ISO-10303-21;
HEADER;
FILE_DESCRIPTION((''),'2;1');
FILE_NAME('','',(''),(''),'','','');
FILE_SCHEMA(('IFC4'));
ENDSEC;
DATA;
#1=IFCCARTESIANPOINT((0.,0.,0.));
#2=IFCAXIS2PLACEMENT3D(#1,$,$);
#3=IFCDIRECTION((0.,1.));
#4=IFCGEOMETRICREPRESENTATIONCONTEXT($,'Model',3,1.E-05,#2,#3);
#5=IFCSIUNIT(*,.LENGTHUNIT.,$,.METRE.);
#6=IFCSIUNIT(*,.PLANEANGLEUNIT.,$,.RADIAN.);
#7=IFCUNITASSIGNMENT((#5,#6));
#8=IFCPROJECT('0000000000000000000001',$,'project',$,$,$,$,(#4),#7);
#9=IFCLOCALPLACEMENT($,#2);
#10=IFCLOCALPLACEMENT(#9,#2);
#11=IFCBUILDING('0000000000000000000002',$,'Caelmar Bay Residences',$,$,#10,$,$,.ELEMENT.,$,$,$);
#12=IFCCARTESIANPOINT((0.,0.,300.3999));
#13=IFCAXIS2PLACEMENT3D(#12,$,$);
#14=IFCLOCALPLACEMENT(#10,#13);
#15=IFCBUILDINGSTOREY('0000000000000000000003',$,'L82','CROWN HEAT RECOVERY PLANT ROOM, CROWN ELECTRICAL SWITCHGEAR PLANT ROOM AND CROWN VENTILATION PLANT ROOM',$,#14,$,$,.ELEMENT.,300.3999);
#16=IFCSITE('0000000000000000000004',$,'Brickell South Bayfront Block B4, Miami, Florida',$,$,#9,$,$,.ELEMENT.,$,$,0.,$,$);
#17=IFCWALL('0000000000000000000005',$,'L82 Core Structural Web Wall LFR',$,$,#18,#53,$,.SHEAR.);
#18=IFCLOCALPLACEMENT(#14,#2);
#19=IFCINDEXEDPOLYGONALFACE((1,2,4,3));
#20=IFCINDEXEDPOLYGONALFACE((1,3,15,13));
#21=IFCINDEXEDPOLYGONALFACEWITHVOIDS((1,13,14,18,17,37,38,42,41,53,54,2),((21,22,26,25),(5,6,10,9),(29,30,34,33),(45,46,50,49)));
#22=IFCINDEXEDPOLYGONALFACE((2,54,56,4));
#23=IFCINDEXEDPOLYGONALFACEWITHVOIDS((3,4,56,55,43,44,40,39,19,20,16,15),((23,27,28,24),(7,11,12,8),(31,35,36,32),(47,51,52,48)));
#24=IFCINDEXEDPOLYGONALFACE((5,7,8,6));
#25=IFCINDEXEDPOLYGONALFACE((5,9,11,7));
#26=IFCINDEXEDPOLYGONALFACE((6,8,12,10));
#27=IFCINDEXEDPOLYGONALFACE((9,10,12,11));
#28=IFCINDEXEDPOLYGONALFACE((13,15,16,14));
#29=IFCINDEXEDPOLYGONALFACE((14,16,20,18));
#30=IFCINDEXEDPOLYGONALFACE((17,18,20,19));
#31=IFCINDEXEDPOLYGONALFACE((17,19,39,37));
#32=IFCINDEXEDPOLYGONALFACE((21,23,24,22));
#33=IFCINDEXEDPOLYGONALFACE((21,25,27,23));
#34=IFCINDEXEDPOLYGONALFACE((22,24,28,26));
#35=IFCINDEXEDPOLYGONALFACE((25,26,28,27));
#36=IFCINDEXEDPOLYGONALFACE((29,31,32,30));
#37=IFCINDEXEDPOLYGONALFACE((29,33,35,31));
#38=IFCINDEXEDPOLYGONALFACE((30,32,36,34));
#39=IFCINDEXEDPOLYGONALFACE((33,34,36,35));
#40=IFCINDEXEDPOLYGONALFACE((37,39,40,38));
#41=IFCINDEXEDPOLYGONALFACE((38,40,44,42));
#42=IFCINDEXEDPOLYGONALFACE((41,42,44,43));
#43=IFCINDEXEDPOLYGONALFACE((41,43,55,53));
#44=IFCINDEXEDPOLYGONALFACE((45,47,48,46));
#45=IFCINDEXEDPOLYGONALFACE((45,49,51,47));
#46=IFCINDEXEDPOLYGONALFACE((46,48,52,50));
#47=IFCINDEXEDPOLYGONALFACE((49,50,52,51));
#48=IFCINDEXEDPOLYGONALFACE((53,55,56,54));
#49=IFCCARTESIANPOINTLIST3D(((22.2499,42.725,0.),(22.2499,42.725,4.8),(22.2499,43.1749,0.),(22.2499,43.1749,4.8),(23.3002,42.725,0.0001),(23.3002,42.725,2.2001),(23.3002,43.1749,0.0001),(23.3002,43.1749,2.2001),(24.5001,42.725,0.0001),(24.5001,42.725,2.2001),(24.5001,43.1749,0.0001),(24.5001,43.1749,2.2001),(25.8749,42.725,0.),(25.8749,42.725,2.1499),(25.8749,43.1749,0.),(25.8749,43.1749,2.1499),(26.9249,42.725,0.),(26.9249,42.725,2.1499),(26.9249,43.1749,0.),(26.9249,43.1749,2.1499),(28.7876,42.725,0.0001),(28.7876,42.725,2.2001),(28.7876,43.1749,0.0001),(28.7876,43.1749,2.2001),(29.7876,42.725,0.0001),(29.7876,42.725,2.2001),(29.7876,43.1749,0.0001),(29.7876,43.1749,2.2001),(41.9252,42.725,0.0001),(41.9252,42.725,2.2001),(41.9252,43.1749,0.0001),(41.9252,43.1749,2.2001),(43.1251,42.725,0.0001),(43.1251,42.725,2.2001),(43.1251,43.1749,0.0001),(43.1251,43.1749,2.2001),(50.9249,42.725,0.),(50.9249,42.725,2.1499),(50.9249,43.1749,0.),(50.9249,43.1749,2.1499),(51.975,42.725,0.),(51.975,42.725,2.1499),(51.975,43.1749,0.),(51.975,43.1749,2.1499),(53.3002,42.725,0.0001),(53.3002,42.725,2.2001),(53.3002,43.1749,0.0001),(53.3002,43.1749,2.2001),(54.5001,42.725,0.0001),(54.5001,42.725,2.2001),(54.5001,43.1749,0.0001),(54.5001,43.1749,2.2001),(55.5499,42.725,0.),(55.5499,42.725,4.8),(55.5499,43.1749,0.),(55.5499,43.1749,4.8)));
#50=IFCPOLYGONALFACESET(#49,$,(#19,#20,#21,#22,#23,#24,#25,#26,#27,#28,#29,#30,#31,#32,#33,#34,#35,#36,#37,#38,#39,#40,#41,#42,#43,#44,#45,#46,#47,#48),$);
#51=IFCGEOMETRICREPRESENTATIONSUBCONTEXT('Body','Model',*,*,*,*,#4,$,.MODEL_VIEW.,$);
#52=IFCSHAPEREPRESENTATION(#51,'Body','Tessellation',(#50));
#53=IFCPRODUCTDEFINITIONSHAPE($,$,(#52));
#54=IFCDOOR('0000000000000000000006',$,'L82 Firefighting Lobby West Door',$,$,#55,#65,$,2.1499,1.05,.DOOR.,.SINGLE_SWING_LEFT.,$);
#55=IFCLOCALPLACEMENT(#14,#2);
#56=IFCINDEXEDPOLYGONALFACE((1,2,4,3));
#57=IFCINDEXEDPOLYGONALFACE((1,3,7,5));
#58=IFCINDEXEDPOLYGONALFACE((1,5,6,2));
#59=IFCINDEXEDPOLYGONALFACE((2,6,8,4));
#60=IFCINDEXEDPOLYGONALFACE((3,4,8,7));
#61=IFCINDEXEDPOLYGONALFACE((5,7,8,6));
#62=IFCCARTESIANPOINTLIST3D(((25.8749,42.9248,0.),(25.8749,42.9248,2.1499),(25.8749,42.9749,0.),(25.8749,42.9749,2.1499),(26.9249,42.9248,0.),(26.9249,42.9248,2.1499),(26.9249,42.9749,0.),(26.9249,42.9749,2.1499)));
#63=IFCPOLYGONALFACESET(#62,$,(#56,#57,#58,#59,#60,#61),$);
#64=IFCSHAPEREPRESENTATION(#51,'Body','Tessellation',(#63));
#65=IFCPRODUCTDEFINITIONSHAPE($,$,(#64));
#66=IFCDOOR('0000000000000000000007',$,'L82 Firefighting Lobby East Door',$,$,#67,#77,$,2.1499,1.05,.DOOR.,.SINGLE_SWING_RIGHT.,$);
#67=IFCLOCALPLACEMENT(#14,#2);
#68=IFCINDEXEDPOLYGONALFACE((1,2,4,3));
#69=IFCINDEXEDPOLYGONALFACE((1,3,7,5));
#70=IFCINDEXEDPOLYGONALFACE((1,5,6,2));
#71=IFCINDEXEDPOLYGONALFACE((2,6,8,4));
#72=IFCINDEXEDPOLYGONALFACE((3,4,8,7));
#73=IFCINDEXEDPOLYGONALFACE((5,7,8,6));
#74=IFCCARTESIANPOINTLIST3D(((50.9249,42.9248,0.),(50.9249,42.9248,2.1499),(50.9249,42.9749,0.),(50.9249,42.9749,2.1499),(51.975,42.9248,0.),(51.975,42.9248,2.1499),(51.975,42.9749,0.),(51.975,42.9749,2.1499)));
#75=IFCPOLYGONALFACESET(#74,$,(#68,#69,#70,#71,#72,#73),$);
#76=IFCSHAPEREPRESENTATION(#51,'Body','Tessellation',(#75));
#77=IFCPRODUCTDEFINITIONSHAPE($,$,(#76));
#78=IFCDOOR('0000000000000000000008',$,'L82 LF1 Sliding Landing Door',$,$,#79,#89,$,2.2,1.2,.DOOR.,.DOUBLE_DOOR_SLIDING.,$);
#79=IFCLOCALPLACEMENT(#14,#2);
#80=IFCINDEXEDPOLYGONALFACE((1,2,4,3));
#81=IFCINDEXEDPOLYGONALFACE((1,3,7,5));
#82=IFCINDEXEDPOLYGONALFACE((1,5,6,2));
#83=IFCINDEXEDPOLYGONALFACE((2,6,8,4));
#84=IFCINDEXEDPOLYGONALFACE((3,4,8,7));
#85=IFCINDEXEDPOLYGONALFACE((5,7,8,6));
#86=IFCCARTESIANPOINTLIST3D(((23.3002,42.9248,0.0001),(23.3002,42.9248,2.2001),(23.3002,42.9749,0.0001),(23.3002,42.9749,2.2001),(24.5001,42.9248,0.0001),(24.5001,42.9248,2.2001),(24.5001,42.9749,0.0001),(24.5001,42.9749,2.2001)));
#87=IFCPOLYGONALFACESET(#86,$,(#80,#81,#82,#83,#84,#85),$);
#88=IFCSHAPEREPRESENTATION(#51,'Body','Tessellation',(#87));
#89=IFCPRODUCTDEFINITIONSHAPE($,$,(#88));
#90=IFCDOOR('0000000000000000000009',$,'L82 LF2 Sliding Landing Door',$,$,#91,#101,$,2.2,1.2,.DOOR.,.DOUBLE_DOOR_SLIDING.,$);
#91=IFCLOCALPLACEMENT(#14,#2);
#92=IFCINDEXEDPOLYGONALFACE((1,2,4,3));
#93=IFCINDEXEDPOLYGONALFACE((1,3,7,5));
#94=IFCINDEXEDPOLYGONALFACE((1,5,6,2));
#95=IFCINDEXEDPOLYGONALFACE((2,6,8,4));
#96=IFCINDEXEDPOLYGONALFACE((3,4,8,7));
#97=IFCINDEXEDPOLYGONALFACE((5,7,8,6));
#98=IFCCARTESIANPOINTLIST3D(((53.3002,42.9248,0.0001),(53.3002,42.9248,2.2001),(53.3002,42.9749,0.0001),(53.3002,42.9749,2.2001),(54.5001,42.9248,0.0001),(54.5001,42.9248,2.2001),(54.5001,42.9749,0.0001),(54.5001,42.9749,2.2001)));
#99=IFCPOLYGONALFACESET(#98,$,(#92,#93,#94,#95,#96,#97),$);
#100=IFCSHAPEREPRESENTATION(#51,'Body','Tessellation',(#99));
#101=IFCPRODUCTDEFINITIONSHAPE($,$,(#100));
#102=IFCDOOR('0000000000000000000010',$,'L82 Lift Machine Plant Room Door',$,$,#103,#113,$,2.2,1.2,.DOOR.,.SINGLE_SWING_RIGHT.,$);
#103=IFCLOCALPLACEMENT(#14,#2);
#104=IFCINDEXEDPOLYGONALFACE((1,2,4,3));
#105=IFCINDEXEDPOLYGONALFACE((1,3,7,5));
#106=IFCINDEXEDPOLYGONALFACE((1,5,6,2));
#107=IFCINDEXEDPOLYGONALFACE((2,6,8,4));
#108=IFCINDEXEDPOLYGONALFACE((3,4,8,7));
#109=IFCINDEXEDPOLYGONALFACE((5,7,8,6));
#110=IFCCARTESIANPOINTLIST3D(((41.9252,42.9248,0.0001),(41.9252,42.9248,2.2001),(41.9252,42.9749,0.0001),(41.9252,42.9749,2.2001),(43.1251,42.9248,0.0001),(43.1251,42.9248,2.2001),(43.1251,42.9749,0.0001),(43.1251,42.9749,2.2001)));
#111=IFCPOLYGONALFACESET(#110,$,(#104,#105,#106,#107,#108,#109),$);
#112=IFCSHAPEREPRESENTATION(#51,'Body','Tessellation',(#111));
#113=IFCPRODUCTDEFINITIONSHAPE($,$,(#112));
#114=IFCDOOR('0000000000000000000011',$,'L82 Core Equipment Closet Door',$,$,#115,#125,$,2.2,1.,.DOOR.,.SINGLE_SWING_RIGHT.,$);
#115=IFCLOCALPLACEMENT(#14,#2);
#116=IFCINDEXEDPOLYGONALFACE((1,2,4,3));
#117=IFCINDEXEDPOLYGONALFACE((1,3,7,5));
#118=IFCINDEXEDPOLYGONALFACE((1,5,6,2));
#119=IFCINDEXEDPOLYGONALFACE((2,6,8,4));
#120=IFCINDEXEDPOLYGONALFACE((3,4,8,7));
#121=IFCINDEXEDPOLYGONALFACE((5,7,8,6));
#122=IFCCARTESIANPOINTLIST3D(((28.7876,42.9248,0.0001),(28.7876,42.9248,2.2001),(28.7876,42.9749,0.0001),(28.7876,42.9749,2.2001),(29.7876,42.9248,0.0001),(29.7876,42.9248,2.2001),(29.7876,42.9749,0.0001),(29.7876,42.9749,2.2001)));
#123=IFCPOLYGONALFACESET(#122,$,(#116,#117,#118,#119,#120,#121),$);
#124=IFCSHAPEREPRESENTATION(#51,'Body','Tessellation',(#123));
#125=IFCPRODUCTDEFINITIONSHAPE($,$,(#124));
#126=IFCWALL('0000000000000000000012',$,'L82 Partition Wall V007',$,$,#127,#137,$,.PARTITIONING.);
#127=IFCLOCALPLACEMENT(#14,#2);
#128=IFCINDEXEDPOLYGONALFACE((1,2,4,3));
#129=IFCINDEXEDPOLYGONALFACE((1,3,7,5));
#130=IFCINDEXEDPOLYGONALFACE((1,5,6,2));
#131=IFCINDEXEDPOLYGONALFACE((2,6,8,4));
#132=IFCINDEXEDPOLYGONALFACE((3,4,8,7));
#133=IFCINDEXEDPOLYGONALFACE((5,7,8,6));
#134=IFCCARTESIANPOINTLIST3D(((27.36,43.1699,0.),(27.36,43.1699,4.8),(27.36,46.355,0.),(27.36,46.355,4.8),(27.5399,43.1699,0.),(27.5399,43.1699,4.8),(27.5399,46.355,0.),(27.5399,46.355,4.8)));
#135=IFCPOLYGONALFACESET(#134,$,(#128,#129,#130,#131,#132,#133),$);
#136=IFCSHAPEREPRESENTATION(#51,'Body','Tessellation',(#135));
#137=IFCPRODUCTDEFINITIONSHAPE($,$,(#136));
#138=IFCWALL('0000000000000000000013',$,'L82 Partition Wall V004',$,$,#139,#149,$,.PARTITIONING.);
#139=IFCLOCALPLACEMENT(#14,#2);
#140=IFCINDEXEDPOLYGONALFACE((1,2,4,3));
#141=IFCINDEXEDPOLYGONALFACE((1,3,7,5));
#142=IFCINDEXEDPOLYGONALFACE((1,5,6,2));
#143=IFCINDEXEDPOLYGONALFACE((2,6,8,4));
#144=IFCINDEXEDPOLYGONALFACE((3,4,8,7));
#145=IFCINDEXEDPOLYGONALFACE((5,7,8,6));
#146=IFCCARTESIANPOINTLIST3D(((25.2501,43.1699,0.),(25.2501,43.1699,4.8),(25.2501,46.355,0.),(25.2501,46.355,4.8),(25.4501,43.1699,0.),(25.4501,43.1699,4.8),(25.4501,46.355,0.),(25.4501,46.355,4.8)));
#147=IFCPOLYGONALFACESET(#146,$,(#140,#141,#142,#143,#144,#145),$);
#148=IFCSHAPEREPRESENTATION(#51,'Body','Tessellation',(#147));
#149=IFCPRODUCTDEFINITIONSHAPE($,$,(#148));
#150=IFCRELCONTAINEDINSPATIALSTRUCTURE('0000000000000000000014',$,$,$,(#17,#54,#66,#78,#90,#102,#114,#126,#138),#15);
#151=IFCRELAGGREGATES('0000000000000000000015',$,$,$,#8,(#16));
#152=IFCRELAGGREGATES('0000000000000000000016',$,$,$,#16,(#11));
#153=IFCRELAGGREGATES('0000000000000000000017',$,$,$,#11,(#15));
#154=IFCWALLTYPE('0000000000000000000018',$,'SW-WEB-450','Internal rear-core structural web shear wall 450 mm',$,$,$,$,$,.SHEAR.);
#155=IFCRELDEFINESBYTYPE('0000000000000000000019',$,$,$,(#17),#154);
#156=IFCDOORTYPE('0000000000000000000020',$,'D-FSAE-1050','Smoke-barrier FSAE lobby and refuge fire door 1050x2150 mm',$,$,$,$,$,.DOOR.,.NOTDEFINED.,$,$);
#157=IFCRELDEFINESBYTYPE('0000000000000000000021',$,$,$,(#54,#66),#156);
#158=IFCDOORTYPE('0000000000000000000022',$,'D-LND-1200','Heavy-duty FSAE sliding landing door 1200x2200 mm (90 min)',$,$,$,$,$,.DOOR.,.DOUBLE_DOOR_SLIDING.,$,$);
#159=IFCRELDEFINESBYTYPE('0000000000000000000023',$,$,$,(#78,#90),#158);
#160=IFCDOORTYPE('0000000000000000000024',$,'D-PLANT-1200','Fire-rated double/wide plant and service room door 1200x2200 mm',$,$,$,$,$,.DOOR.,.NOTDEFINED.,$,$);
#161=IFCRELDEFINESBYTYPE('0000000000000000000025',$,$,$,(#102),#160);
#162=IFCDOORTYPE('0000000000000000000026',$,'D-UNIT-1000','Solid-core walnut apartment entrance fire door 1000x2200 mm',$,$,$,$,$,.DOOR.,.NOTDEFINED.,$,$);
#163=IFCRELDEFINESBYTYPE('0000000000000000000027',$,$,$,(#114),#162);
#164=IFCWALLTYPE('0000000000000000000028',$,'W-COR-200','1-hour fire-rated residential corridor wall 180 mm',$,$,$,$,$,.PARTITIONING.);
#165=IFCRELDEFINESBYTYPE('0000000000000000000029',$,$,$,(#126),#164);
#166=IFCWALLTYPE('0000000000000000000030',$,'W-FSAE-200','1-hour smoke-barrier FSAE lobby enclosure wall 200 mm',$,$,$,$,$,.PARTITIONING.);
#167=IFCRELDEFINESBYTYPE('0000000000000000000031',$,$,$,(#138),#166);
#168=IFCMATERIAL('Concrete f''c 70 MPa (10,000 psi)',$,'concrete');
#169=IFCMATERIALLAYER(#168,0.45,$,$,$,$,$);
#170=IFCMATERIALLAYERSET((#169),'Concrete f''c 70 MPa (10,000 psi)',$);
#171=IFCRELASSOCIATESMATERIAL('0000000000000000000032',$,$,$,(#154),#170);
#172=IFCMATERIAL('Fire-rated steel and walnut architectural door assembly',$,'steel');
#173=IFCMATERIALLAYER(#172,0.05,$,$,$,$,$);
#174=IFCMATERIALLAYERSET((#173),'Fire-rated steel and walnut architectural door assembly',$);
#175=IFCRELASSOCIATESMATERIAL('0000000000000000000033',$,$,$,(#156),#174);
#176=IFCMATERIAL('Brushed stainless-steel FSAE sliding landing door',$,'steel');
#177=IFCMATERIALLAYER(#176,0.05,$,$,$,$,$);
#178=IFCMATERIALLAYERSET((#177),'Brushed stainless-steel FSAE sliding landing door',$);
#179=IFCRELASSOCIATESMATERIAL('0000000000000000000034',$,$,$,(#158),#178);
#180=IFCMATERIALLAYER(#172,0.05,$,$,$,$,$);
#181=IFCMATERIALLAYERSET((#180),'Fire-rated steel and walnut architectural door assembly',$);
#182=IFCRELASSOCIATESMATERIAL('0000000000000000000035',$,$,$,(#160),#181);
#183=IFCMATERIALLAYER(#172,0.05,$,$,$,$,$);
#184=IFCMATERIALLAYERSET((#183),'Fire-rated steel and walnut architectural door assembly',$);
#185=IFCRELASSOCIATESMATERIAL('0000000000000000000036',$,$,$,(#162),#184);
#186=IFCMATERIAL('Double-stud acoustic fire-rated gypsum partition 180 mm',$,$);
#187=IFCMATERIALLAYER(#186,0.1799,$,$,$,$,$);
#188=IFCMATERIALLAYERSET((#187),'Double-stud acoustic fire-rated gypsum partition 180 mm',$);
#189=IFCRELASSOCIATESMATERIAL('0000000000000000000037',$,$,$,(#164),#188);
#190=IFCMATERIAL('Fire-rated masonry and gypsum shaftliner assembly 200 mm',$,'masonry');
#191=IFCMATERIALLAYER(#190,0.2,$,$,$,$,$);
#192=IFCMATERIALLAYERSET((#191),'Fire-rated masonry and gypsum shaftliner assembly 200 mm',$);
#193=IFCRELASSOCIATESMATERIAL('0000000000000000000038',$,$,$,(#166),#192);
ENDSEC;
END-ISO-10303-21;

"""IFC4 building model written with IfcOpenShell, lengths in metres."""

from ifc_helpers import new_model, si_unit, direction, frame, frame_2d, origin, place, context, subcontext, project, spatial, rectangle, extrude, material, layer, layer_set, type_object, element, fill, save


model = new_model("IFC4")

# Units and contexts
model_context = context("Model", 3, precision=1e-05, world=origin(), true_north=direction((0.0, 1.0)))
body_context = subcontext(model_context, "Body", "Model", "MODEL_VIEW")
ifc_project = project(units=[si_unit("LENGTHUNIT", "METRE"), si_unit("PLANEANGLEUNIT", "RADIAN")], contexts=[model_context])

# Site, building, storey
site_placement = place(None, origin())
site = spatial("IfcSite", under=ifc_project, at=site_placement, Name="Brickell South Bayfront Block B4, Miami, Florida", CompositionType="ELEMENT", RefElevation=0.0)
building_placement = place(site_placement, origin())
building = spatial("IfcBuilding", under=site, at=building_placement, Name="Caelmar Bay Residences", CompositionType="ELEMENT")
storey_placement = place(building_placement, frame((0.0, 0.0, 300.3999)))
storey = spatial("IfcBuildingStorey", under=building, at=storey_placement, Name="L82", Description="CROWN HEAT RECOVERY PLANT ROOM, CROWN ELECTRICAL SWITCHGEAR PLANT ROOM AND CROWN VENTILATION PLANT ROOM", CompositionType="ELEMENT", Elevation=300.3999)

# Shared definitions
ifc_material_1 = material(Name="Fire-rated steel and walnut architectural door assembly", Category="steel")

# Wall, openings, doors
ifc_material_2 = material(Name="Concrete f'c 70 MPa (10,000 psi)", Category="concrete")
ifc_layer_1 = layer(ifc_material_2, 0.45)
ifc_layer_set_1 = layer_set([ifc_layer_1], Name="Concrete f'c 70 MPa (10,000 psi)")
wall_type_1 = type_object("IfcWallType", Name="SW-WEB-450", Description="Internal rear-core structural web shear wall 450 mm", PredefinedType="SHEAR", material=ifc_layer_set_1)
wall_1_placement = place(storey_placement, frame((22.25, 42.95, 0.0), z_axis=(0.0, 0.0, 1.0), x_axis=(1.0, 0.0, 0.0)))
wall_1 = element("IfcWall", 1, at=wall_1_placement, inside=storey, type_object=wall_type_1, Name="L82 Core Structural Web Wall LFR", PredefinedType="SHEAR", context=body_context, shape_type="SweptSolid", body=[
    extrude(rectangle(XDim=33.3, YDim=0.45, at=frame_2d((16.6499, 0.0))), origin(), (0.0, 0.0, 1.0), 4.8),
])
opening_1_placement = place(wall_1_placement, frame((1.05, 0.0, 0.0)))
opening_1 = element("IfcOpeningElement", 2, at=opening_1_placement, cuts=wall_1, PredefinedType="OPENING", context=body_context, shape_type="SweptSolid", body=[
    extrude(rectangle(XDim=1.2, YDim=2.2, at=frame_2d((0.6001, 1.1001))), frame((0.0, 0.2349, 0.0), z_axis=(0.0, -1.0, 0.0), x_axis=(1.0, 0.0, 0.0)), (0.0, 0.0, 1.0), 0.47),
])
opening_2_placement = place(wall_1_placement, frame((31.05, 0.0, 0.0)))
opening_2 = element("IfcOpeningElement", 3, at=opening_2_placement, cuts=wall_1, PredefinedType="OPENING", context=body_context, shape_type="SweptSolid", body=[
    extrude(rectangle(XDim=1.2, YDim=2.2, at=frame_2d((0.6001, 1.1001))), frame((0.0, 0.2349, 0.0), z_axis=(0.0, -1.0, 0.0), x_axis=(1.0, 0.0, 0.0)), (0.0, 0.0, 1.0), 0.47),
])
opening_3_placement = place(wall_1_placement, frame((3.625, 0.0, 0.0)))
opening_3 = element("IfcOpeningElement", 4, at=opening_3_placement, cuts=wall_1, PredefinedType="OPENING", context=body_context, shape_type="SweptSolid", body=[
    extrude(rectangle(XDim=1.05, YDim=2.1499, at=frame_2d((0.5249, 1.075))), frame((0.0, 0.2349, 0.0), z_axis=(0.0, -1.0, 0.0), x_axis=(1.0, 0.0, 0.0)), (0.0, 0.0, 1.0), 0.47),
])
opening_4_placement = place(wall_1_placement, frame((28.675, 0.0, 0.0)))
opening_4 = element("IfcOpeningElement", 5, at=opening_4_placement, cuts=wall_1, PredefinedType="OPENING", context=body_context, shape_type="SweptSolid", body=[
    extrude(rectangle(XDim=1.05, YDim=2.1499, at=frame_2d((0.5249, 1.075))), frame((0.0, 0.2349, 0.0), z_axis=(0.0, -1.0, 0.0), x_axis=(1.0, 0.0, 0.0)), (0.0, 0.0, 1.0), 0.47),
])
opening_5_placement = place(wall_1_placement, frame((6.5376, 0.0, 0.0)))
opening_5 = element("IfcOpeningElement", 6, at=opening_5_placement, cuts=wall_1, PredefinedType="OPENING", context=body_context, shape_type="SweptSolid", body=[
    extrude(rectangle(XDim=1.0, YDim=2.2, at=frame_2d((0.5, 1.1001))), frame((0.0, 0.2349, 0.0), z_axis=(0.0, -1.0, 0.0), x_axis=(1.0, 0.0, 0.0)), (0.0, 0.0, 1.0), 0.47),
])
opening_6_placement = place(wall_1_placement, frame((19.675, 0.0, 0.0)))
opening_6 = element("IfcOpeningElement", 7, at=opening_6_placement, cuts=wall_1, PredefinedType="OPENING", context=body_context, shape_type="SweptSolid", body=[
    extrude(rectangle(XDim=1.2, YDim=2.2, at=frame_2d((0.6001, 1.1001))), frame((0.0, 0.2349, 0.0), z_axis=(0.0, -1.0, 0.0), x_axis=(1.0, 0.0, 0.0)), (0.0, 0.0, 1.0), 0.47),
])
ifc_layer_2 = layer(ifc_material_1, 0.05)
ifc_layer_set_2 = layer_set([ifc_layer_2], Name="Fire-rated steel and walnut architectural door assembly")
door_type_1 = type_object("IfcDoorType", Name="D-FSAE-1050", Description="Smoke-barrier FSAE lobby and refuge fire door 1050x2150 mm", OperationType="NOTDEFINED", PredefinedType="DOOR", material=ifc_layer_set_2)
door_1_placement = place(opening_3_placement, origin())
door_1 = element("IfcDoor", 8, at=door_1_placement, inside=storey, type_object=door_type_1, Name="L82 Firefighting Lobby West Door", OperationType="SINGLE_SWING_LEFT", OverallHeight=2.1499, OverallWidth=1.05, PredefinedType="DOOR", context=body_context, shape_type="SweptSolid", body=[
    extrude(rectangle(XDim=1.05, YDim=2.1499, at=frame_2d((0.5249, 1.075))), frame((0.0, 0.0249, 0.0), z_axis=(0.0, -1.0, 0.0), x_axis=(1.0, 0.0, 0.0)), (0.0, 0.0, 1.0), 0.05),
])
fill(opening_3, door_1)
door_2_placement = place(opening_4_placement, origin())
door_2 = element("IfcDoor", 9, at=door_2_placement, inside=storey, type_object=door_type_1, Name="L82 Firefighting Lobby East Door", OperationType="SINGLE_SWING_RIGHT", OverallHeight=2.1499, OverallWidth=1.05, PredefinedType="DOOR", context=body_context, shape_type="SweptSolid", body=[
    extrude(rectangle(XDim=1.05, YDim=2.1499, at=frame_2d((0.5249, 1.075))), frame((0.0, 0.0249, 0.0), z_axis=(0.0, -1.0, 0.0), x_axis=(1.0, 0.0, 0.0)), (0.0, 0.0, 1.0), 0.05),
])
fill(opening_4, door_2)
ifc_material_3 = material(Name="Brushed stainless-steel FSAE sliding landing door", Category="steel")
ifc_layer_3 = layer(ifc_material_3, 0.05)
ifc_layer_set_3 = layer_set([ifc_layer_3], Name="Brushed stainless-steel FSAE sliding landing door")
door_type_2 = type_object("IfcDoorType", Name="D-LND-1200", Description="Heavy-duty FSAE sliding landing door 1200x2200 mm (90 min)", OperationType="DOUBLE_DOOR_SLIDING", PredefinedType="DOOR", material=ifc_layer_set_3)
door_3_placement = place(opening_1_placement, origin())
door_3 = element("IfcDoor", 10, at=door_3_placement, inside=storey, type_object=door_type_2, Name="L82 LF1 Sliding Landing Door", OperationType="DOUBLE_DOOR_SLIDING", OverallHeight=2.2, OverallWidth=1.2, PredefinedType="DOOR", context=body_context, shape_type="SweptSolid", body=[
    extrude(rectangle(XDim=1.2, YDim=2.2, at=frame_2d((0.6001, 1.1001))), frame((0.0, 0.0249, 0.0), z_axis=(0.0, -1.0, 0.0), x_axis=(1.0, 0.0, 0.0)), (0.0, 0.0, 1.0), 0.05),
])
fill(opening_1, door_3)
door_4_placement = place(opening_2_placement, origin())
door_4 = element("IfcDoor", 11, at=door_4_placement, inside=storey, type_object=door_type_2, Name="L82 LF2 Sliding Landing Door", OperationType="DOUBLE_DOOR_SLIDING", OverallHeight=2.2, OverallWidth=1.2, PredefinedType="DOOR", context=body_context, shape_type="SweptSolid", body=[
    extrude(rectangle(XDim=1.2, YDim=2.2, at=frame_2d((0.6001, 1.1001))), frame((0.0, 0.0249, 0.0), z_axis=(0.0, -1.0, 0.0), x_axis=(1.0, 0.0, 0.0)), (0.0, 0.0, 1.0), 0.05),
])
fill(opening_2, door_4)
ifc_layer_4 = layer(ifc_material_1, 0.05)
ifc_layer_set_4 = layer_set([ifc_layer_4], Name="Fire-rated steel and walnut architectural door assembly")
door_type_3 = type_object("IfcDoorType", Name="D-PLANT-1200", Description="Fire-rated double/wide plant and service room door 1200x2200 mm", OperationType="NOTDEFINED", PredefinedType="DOOR", material=ifc_layer_set_4)
door_5_placement = place(opening_6_placement, origin())
door_5 = element("IfcDoor", 12, at=door_5_placement, inside=storey, type_object=door_type_3, Name="L82 Lift Machine Plant Room Door", OperationType="SINGLE_SWING_RIGHT", OverallHeight=2.2, OverallWidth=1.2, PredefinedType="DOOR", context=body_context, shape_type="SweptSolid", body=[
    extrude(rectangle(XDim=1.2, YDim=2.2, at=frame_2d((0.6001, 1.1001))), frame((0.0, 0.0249, 0.0), z_axis=(0.0, -1.0, 0.0), x_axis=(1.0, 0.0, 0.0)), (0.0, 0.0, 1.0), 0.05),
])
fill(opening_6, door_5)
ifc_layer_5 = layer(ifc_material_1, 0.05)
ifc_layer_set_5 = layer_set([ifc_layer_5], Name="Fire-rated steel and walnut architectural door assembly")
door_type_4 = type_object("IfcDoorType", Name="D-UNIT-1000", Description="Solid-core walnut apartment entrance fire door 1000x2200 mm", OperationType="NOTDEFINED", PredefinedType="DOOR", material=ifc_layer_set_5)
door_6_placement = place(opening_5_placement, origin())
door_6 = element("IfcDoor", 13, at=door_6_placement, inside=storey, type_object=door_type_4, Name="L82 Core Equipment Closet Door", OperationType="SINGLE_SWING_RIGHT", OverallHeight=2.2, OverallWidth=1.0, PredefinedType="DOOR", context=body_context, shape_type="SweptSolid", body=[
    extrude(rectangle(XDim=1.0, YDim=2.2, at=frame_2d((0.5, 1.1001))), frame((0.0, 0.0249, 0.0), z_axis=(0.0, -1.0, 0.0), x_axis=(1.0, 0.0, 0.0)), (0.0, 0.0, 1.0), 0.05),
])
fill(opening_5, door_6)

# Walls
ifc_material_4 = material(Name="Double-stud acoustic fire-rated gypsum partition 180 mm")
ifc_layer_6 = layer(ifc_material_4, 0.1799)
ifc_layer_set_6 = layer_set([ifc_layer_6], Name="Double-stud acoustic fire-rated gypsum partition 180 mm")
wall_type_2 = type_object("IfcWallType", Name="W-COR-200", Description="1-hour fire-rated residential corridor wall 180 mm", PredefinedType="PARTITIONING", material=ifc_layer_set_6)
wall_2_placement = place(storey_placement, frame((27.45, 43.1699, 0.0), z_axis=(0.0, 0.0, 1.0), x_axis=(0.0, 1.0, 0.0)))
element("IfcWall", 14, at=wall_2_placement, inside=storey, type_object=wall_type_2, Name="L82 Partition Wall V007", PredefinedType="PARTITIONING", context=body_context, shape_type="SweptSolid", body=[
    extrude(rectangle(XDim=3.1851, YDim=0.1799, at=frame_2d((1.5925, 0.0))), origin(), (0.0, 0.0, 1.0), 4.8),
])
ifc_material_5 = material(Name="Fire-rated masonry and gypsum shaftliner assembly 200 mm", Category="masonry")
ifc_layer_7 = layer(ifc_material_5, 0.2)
ifc_layer_set_7 = layer_set([ifc_layer_7], Name="Fire-rated masonry and gypsum shaftliner assembly 200 mm")
wall_type_3 = type_object("IfcWallType", Name="W-FSAE-200", Description="1-hour smoke-barrier FSAE lobby enclosure wall 200 mm", PredefinedType="PARTITIONING", material=ifc_layer_set_7)
wall_3_placement = place(storey_placement, frame((25.3501, 43.1699, 0.0), z_axis=(0.0, 0.0, 1.0), x_axis=(0.0, 1.0, 0.0)))
element("IfcWall", 15, at=wall_3_placement, inside=storey, type_object=wall_type_3, Name="L82 Partition Wall V004", PredefinedType="PARTITIONING", context=body_context, shape_type="SweptSolid", body=[
    extrude(rectangle(XDim=3.1851, YDim=0.2, at=frame_2d((1.5925, 0.0))), origin(), (0.0, 0.0, 1.0), 4.8),
])

save(model, "model.ifc")
